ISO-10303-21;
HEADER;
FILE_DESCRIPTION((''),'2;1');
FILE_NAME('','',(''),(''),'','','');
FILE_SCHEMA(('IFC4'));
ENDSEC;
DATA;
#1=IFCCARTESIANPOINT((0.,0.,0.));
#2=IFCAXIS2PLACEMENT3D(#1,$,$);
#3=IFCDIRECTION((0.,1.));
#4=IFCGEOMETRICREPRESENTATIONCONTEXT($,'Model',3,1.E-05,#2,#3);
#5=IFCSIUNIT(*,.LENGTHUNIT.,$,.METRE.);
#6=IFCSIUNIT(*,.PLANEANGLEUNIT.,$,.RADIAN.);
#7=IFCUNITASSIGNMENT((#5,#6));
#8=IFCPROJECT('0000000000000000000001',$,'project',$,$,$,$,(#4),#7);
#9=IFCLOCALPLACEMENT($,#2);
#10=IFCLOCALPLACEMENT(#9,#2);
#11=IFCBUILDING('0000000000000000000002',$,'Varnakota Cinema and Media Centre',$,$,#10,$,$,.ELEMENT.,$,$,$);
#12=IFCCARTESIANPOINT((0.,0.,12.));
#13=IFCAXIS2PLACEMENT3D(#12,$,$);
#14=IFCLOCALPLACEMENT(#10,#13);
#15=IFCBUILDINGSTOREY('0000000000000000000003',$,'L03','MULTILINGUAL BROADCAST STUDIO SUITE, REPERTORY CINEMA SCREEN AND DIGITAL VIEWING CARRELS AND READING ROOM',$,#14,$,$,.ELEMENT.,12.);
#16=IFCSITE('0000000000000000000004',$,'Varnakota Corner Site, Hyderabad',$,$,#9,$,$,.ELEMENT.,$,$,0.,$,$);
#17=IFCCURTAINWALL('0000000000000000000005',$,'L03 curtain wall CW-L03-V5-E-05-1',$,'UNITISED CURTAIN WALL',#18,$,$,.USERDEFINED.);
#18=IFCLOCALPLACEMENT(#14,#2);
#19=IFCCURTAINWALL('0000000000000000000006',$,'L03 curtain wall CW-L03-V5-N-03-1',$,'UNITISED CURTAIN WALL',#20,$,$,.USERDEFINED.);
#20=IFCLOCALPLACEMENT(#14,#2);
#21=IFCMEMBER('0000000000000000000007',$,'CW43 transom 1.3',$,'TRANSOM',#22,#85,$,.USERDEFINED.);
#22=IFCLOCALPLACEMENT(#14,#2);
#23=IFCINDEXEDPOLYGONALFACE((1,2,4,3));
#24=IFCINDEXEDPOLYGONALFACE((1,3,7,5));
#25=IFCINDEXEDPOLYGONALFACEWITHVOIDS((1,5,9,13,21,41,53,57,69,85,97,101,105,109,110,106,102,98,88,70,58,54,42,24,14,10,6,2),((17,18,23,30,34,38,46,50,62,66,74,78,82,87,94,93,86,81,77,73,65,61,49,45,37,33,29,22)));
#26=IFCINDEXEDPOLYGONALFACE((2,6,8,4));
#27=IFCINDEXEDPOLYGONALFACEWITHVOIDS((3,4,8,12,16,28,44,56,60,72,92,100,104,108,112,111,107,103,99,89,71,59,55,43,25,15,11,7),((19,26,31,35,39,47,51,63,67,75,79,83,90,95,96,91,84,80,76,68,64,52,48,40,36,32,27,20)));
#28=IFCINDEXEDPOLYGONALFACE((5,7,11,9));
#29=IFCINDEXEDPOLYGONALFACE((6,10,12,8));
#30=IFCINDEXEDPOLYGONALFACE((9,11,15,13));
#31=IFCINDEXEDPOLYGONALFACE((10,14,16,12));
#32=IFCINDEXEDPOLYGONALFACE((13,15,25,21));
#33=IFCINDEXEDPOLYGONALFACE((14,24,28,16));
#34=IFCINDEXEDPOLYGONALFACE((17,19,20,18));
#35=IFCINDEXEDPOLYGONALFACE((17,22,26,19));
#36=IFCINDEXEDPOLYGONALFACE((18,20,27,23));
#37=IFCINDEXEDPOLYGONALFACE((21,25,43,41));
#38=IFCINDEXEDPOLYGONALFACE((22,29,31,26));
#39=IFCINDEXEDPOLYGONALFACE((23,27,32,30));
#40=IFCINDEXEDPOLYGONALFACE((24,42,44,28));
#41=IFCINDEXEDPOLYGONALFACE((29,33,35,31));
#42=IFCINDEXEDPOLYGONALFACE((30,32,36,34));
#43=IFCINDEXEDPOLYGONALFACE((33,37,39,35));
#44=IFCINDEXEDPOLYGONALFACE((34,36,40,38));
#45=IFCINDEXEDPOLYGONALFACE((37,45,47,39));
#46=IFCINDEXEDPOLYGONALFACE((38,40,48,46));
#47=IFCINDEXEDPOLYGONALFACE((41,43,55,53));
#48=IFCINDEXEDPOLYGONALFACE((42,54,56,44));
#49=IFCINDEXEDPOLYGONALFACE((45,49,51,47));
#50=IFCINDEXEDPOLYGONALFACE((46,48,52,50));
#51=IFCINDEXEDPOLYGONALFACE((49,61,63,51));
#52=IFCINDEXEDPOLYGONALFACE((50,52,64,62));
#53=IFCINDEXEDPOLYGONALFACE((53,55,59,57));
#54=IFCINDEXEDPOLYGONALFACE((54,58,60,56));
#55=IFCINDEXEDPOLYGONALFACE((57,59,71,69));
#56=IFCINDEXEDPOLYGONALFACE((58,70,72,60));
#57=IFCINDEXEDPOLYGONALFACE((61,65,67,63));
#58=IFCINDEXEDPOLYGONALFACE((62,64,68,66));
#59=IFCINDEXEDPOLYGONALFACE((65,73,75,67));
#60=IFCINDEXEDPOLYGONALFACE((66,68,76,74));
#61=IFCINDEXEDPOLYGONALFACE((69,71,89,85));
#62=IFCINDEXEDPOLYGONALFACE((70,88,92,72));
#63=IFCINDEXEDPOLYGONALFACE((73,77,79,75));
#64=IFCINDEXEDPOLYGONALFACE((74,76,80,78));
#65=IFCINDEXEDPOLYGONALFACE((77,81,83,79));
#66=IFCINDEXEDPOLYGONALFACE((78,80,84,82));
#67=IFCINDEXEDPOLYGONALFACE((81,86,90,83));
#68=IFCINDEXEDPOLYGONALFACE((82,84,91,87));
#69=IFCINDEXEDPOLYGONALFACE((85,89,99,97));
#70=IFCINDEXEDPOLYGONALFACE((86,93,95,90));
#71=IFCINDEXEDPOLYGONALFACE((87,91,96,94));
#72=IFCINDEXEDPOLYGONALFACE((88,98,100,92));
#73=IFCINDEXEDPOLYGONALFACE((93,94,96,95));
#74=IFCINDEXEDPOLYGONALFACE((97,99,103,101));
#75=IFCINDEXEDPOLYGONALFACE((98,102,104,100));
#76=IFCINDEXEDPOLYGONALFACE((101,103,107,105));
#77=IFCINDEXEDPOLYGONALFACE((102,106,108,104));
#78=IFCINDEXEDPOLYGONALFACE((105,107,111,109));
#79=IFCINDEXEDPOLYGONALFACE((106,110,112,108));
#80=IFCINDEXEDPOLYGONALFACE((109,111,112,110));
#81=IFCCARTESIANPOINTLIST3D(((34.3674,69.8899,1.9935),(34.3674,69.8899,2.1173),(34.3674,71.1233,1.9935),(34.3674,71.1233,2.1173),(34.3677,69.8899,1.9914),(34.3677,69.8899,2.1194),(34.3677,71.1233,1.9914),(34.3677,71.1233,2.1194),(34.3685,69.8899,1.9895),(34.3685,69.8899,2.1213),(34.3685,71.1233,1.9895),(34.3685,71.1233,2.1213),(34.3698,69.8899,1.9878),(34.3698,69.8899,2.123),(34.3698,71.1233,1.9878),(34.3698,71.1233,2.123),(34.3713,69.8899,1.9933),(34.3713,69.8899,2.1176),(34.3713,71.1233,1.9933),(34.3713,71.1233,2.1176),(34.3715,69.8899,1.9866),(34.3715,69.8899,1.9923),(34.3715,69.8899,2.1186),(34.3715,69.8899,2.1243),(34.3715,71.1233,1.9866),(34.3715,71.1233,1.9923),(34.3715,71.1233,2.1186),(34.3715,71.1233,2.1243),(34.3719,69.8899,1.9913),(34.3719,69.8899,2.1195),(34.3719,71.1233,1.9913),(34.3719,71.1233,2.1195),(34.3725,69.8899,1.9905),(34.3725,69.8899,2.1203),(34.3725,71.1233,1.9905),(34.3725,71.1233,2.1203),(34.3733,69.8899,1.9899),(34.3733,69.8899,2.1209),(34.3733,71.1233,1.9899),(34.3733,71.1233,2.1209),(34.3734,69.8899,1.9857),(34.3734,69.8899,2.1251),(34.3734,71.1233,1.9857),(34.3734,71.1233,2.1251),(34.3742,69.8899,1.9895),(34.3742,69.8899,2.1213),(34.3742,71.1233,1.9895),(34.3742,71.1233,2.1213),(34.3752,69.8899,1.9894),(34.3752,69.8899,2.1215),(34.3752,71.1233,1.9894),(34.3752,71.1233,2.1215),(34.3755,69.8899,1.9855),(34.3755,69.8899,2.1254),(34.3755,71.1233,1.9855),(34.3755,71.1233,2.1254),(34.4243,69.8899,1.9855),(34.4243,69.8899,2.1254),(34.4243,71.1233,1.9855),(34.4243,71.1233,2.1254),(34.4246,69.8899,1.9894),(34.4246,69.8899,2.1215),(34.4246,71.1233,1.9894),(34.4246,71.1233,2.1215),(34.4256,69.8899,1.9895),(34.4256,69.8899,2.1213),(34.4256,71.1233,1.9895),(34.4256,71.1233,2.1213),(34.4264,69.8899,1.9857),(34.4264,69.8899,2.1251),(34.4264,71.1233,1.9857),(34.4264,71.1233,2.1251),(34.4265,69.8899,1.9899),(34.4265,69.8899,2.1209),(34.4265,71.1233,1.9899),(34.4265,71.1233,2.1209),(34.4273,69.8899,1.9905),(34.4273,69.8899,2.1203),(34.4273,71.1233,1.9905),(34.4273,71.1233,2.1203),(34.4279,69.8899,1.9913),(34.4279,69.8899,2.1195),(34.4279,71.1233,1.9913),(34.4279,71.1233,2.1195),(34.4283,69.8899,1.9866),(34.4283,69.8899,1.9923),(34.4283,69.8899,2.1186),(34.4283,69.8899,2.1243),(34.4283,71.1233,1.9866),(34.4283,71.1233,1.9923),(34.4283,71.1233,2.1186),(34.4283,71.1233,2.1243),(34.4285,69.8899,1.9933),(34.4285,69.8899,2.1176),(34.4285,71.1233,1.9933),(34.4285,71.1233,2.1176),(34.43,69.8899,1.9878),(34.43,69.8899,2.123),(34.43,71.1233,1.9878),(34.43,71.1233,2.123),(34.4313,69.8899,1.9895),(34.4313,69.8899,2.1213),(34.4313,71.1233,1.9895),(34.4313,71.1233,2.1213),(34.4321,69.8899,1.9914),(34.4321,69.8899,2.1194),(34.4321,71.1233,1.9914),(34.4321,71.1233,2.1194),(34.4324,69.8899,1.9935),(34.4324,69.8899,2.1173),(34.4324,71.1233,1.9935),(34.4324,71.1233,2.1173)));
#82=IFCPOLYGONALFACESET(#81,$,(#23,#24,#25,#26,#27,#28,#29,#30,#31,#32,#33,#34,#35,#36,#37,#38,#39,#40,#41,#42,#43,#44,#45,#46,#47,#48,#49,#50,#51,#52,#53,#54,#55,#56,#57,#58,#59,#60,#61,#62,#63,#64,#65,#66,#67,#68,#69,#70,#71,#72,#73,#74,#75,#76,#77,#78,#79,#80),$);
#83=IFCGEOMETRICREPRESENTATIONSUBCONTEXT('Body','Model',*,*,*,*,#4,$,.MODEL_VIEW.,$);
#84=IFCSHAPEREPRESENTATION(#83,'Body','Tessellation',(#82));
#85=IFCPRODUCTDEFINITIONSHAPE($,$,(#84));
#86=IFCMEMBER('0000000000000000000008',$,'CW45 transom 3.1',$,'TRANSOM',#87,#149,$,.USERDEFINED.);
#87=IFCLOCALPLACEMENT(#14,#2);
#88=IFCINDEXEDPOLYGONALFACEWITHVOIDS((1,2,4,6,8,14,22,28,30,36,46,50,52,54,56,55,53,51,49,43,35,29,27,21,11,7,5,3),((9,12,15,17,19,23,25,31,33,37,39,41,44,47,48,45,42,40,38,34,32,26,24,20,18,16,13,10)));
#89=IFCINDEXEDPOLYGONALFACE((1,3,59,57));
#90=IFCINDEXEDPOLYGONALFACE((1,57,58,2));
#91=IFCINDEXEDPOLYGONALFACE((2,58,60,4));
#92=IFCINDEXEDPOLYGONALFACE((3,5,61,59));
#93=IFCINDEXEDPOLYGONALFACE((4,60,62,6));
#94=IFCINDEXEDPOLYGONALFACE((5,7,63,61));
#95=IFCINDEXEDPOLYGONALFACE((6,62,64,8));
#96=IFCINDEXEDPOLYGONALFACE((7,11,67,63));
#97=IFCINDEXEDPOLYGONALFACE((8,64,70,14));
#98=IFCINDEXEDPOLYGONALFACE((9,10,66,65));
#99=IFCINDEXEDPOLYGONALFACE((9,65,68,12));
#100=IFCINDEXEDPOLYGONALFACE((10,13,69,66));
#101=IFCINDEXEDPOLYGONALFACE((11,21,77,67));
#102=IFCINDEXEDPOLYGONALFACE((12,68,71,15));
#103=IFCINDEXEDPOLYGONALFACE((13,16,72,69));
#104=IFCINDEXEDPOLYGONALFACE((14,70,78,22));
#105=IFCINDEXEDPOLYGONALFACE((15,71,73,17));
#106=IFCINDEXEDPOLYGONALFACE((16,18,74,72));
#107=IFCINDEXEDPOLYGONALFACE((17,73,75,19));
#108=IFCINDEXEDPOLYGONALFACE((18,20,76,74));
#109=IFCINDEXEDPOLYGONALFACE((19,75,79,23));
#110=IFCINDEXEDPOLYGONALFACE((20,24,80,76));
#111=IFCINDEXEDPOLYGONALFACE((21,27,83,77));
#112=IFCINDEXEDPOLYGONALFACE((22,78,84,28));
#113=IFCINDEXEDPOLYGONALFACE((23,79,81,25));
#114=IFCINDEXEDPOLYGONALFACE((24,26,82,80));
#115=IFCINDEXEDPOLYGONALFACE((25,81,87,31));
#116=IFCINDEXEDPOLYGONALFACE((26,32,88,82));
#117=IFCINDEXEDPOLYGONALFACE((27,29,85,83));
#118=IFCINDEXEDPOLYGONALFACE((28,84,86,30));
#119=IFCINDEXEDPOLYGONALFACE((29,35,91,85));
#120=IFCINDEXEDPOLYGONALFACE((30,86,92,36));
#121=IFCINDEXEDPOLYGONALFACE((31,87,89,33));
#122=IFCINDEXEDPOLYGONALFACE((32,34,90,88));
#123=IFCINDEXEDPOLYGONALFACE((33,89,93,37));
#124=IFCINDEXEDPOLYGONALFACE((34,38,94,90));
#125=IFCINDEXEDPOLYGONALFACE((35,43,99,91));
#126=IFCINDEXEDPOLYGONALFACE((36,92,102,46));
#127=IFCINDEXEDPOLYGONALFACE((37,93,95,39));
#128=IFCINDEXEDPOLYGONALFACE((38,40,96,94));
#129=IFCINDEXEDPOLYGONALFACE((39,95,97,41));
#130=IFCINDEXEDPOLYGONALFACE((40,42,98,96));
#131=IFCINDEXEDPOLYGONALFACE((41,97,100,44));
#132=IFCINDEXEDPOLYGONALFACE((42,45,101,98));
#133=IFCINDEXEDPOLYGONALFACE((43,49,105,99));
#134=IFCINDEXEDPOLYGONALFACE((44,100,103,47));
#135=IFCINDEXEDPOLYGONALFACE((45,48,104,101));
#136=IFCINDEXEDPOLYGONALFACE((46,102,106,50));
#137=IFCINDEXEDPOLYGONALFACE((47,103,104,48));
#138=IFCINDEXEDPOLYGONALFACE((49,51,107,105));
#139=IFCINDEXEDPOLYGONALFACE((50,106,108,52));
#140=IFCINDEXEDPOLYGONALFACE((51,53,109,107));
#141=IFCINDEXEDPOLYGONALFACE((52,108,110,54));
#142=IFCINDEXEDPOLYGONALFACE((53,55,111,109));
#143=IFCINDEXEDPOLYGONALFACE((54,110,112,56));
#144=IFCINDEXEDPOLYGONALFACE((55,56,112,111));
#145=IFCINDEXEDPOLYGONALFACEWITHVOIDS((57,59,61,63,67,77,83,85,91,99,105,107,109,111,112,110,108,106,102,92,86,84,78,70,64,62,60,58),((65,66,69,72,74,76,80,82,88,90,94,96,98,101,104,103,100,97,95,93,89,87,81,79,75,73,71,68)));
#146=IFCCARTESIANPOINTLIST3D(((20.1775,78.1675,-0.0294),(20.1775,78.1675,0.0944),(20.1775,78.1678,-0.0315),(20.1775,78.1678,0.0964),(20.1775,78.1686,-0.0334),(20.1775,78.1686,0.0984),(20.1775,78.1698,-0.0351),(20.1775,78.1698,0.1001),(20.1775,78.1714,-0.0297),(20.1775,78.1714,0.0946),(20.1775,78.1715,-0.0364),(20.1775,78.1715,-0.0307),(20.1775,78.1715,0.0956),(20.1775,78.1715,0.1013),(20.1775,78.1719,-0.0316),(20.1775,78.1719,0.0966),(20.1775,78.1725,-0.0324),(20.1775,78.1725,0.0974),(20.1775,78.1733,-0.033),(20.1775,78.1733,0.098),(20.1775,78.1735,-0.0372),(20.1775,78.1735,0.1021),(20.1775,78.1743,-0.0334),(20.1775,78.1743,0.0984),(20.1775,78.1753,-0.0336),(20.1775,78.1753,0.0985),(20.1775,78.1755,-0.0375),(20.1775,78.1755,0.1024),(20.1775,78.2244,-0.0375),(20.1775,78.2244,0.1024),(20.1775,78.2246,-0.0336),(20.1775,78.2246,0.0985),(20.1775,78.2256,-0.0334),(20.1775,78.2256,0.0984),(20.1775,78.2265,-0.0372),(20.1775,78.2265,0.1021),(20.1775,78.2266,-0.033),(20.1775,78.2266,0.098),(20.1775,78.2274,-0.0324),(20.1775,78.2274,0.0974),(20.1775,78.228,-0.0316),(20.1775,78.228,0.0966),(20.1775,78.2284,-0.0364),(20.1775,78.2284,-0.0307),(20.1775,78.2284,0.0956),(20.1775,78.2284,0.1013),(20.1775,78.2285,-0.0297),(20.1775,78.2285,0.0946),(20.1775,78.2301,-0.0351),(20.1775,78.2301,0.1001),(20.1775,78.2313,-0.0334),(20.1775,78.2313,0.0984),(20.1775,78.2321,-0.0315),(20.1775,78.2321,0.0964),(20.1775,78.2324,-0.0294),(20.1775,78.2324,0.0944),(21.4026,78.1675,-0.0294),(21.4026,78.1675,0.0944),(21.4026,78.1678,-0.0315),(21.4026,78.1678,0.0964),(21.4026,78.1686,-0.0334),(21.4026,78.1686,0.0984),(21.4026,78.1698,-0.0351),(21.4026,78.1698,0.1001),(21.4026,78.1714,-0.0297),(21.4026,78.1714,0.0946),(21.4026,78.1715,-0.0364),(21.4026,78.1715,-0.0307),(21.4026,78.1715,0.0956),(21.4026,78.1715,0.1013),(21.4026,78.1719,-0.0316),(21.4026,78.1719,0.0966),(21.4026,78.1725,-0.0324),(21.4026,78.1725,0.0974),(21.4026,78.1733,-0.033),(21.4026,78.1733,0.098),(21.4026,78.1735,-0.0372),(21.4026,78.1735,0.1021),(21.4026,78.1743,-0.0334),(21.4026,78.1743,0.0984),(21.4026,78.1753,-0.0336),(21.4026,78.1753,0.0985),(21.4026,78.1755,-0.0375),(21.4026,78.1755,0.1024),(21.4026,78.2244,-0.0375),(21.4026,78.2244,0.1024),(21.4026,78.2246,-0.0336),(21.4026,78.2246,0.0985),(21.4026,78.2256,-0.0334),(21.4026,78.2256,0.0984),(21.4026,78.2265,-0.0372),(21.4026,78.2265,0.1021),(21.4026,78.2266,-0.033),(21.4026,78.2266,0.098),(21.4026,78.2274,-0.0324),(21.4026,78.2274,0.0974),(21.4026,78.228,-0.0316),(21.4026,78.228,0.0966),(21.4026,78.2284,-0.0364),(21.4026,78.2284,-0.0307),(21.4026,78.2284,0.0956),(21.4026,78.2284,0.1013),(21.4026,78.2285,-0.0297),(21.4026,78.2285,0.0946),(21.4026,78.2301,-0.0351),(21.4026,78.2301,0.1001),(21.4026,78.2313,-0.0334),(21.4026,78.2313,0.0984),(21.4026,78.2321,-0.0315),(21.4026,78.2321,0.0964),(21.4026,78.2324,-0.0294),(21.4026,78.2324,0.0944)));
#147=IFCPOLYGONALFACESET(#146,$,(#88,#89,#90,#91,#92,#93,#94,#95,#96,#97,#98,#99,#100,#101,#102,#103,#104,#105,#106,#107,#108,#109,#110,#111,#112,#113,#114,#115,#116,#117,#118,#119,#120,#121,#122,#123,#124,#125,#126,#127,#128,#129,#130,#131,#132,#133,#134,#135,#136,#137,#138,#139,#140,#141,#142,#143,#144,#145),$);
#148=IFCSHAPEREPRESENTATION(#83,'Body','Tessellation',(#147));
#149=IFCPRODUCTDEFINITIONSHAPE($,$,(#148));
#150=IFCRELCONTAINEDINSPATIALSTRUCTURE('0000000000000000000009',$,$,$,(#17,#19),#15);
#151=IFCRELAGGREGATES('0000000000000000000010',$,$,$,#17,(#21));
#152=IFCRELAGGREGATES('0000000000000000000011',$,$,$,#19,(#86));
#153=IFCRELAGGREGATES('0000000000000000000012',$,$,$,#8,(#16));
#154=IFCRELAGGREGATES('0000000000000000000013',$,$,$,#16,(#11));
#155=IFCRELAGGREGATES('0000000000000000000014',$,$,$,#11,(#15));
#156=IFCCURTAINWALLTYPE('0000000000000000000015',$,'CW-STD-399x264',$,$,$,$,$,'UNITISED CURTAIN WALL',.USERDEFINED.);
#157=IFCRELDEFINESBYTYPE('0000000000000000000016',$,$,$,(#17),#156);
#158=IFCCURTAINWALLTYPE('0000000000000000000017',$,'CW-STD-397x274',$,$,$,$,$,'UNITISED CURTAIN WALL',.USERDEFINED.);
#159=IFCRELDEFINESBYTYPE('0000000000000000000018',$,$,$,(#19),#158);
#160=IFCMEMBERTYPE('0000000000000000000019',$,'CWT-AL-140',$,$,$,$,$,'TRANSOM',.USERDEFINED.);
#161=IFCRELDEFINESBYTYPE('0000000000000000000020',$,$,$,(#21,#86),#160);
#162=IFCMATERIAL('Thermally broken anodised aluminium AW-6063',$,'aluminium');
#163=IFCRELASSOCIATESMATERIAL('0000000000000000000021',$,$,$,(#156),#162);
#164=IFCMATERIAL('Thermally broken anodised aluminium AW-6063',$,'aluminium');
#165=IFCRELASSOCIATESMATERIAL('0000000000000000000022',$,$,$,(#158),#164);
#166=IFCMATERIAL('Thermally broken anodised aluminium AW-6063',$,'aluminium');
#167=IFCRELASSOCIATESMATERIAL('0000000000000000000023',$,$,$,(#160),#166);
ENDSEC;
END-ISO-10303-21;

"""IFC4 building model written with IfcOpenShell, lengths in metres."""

from ifc_helpers import new_model, si_unit, direction, frame, origin, origin_2d, place, context, subcontext, project, spatial, hollow_rectangle, extrude, material, material_profile, profile_set, type_object, element, aggregate, save


model = new_model("IFC4")

# Units and contexts
model_context = context("Model", 3, precision=1e-05, world=origin(), true_north=direction((0.0, 1.0)))
body_context = subcontext(model_context, "Body", "Model", "MODEL_VIEW")
ifc_project = project(units=[si_unit("LENGTHUNIT", "METRE"), si_unit("PLANEANGLEUNIT", "RADIAN")], contexts=[model_context])

# Site, building, storey
site_placement = place(None, origin())
site = spatial("IfcSite", under=ifc_project, at=site_placement, Name="Varnakota Corner Site, Hyderabad", CompositionType="ELEMENT", RefElevation=0.0)
building_placement = place(site_placement, origin())
building = spatial("IfcBuilding", under=site, at=building_placement, Name="Varnakota Cinema and Media Centre", CompositionType="ELEMENT")
storey_placement = place(building_placement, frame((0.0, 0.0, 12.0)))
storey = spatial("IfcBuildingStorey", under=building, at=storey_placement, Name="L03", Description="MULTILINGUAL BROADCAST STUDIO SUITE, REPERTORY CINEMA SCREEN AND DIGITAL VIEWING CARRELS AND READING ROOM", CompositionType="ELEMENT", Elevation=12.0)

# Curtain walls
ifc_material_1 = material(Name="Thermally broken anodised aluminium AW-6063", Category="aluminium")
curtain_wall_type_1 = type_object("IfcCurtainWallType", Name="CW-STD-399x264", ElementType="UNITISED CURTAIN WALL", PredefinedType="USERDEFINED", material=ifc_material_1)
curtain_wall_1_placement = place(storey_placement, origin())
curtain_wall_1 = element("IfcCurtainWall", 1, at=curtain_wall_1_placement, inside=storey, type_object=curtain_wall_type_1, Name="L03 curtain wall CW-L03-V5-E-05-1", ObjectType="UNITISED CURTAIN WALL", PredefinedType="USERDEFINED")
ifc_material_2 = material(Name="Thermally broken anodised aluminium AW-6063", Category="aluminium")
curtain_wall_type_2 = type_object("IfcCurtainWallType", Name="CW-STD-397x274", ElementType="UNITISED CURTAIN WALL", PredefinedType="USERDEFINED", material=ifc_material_2)
curtain_wall_2_placement = place(storey_placement, origin())
curtain_wall_2 = element("IfcCurtainWall", 2, at=curtain_wall_2_placement, inside=storey, type_object=curtain_wall_type_2, Name="L03 curtain wall CW-L03-V5-N-03-1", ObjectType="UNITISED CURTAIN WALL", PredefinedType="USERDEFINED")

# Members
ifc_material_3 = material(Name="Thermally broken anodised aluminium AW-6063", Category="aluminium")
ifc_material_profile_1 = material_profile(ifc_material_3, hollow_rectangle(XDim=0.0649, YDim=0.1399, WallThickness=0.0039, InnerFilletRadius=0.0039, OuterFilletRadius=0.0081, at=origin_2d()), Name="AL-TRANSOM 140x65x4")
ifc_profile_set_1 = profile_set([ifc_material_profile_1], Name="Thermally broken anodised aluminium AW-6063")
member_type_1 = type_object("IfcMemberType", Name="CWT-AL-140", ElementType="TRANSOM", PredefinedType="USERDEFINED", material=ifc_profile_set_1)
member_1_placement = place(storey_placement, frame((34.3999, 69.8899, 2.0554), z_axis=(0.0, 1.0, 0.0), x_axis=(-1.0, 0.0, 0.0)))
member_1 = element("IfcMember", 3, at=member_1_placement, type_object=member_type_1, Name="CW43 transom 1.3", ObjectType="TRANSOM", PredefinedType="USERDEFINED", context=body_context, shape_type="SweptSolid", body=[
    extrude(hollow_rectangle(XDim=0.0649, YDim=0.1399, WallThickness=0.0039, InnerFilletRadius=0.0039, OuterFilletRadius=0.0081, at=origin_2d()), origin(), (0.0, 0.0, 1.0), 1.2334),
])
aggregate(curtain_wall_1, [member_1])
member_2_placement = place(storey_placement, frame((20.1775, 78.2, 0.0325), z_axis=(1.0, 0.0, 0.0), x_axis=(0.0, 1.0, 0.0)))
member_2 = element("IfcMember", 4, at=member_2_placement, type_object=member_type_1, Name="CW45 transom 3.1", ObjectType="TRANSOM", PredefinedType="USERDEFINED", context=body_context, shape_type="SweptSolid", body=[
    extrude(hollow_rectangle(XDim=0.0649, YDim=0.1399, WallThickness=0.0039, InnerFilletRadius=0.0039, OuterFilletRadius=0.0081, at=origin_2d()), origin(), (0.0, 0.0, 1.0), 1.2251),
])

aggregate(curtain_wall_2, [member_2])

save(model, "model.ifc")
